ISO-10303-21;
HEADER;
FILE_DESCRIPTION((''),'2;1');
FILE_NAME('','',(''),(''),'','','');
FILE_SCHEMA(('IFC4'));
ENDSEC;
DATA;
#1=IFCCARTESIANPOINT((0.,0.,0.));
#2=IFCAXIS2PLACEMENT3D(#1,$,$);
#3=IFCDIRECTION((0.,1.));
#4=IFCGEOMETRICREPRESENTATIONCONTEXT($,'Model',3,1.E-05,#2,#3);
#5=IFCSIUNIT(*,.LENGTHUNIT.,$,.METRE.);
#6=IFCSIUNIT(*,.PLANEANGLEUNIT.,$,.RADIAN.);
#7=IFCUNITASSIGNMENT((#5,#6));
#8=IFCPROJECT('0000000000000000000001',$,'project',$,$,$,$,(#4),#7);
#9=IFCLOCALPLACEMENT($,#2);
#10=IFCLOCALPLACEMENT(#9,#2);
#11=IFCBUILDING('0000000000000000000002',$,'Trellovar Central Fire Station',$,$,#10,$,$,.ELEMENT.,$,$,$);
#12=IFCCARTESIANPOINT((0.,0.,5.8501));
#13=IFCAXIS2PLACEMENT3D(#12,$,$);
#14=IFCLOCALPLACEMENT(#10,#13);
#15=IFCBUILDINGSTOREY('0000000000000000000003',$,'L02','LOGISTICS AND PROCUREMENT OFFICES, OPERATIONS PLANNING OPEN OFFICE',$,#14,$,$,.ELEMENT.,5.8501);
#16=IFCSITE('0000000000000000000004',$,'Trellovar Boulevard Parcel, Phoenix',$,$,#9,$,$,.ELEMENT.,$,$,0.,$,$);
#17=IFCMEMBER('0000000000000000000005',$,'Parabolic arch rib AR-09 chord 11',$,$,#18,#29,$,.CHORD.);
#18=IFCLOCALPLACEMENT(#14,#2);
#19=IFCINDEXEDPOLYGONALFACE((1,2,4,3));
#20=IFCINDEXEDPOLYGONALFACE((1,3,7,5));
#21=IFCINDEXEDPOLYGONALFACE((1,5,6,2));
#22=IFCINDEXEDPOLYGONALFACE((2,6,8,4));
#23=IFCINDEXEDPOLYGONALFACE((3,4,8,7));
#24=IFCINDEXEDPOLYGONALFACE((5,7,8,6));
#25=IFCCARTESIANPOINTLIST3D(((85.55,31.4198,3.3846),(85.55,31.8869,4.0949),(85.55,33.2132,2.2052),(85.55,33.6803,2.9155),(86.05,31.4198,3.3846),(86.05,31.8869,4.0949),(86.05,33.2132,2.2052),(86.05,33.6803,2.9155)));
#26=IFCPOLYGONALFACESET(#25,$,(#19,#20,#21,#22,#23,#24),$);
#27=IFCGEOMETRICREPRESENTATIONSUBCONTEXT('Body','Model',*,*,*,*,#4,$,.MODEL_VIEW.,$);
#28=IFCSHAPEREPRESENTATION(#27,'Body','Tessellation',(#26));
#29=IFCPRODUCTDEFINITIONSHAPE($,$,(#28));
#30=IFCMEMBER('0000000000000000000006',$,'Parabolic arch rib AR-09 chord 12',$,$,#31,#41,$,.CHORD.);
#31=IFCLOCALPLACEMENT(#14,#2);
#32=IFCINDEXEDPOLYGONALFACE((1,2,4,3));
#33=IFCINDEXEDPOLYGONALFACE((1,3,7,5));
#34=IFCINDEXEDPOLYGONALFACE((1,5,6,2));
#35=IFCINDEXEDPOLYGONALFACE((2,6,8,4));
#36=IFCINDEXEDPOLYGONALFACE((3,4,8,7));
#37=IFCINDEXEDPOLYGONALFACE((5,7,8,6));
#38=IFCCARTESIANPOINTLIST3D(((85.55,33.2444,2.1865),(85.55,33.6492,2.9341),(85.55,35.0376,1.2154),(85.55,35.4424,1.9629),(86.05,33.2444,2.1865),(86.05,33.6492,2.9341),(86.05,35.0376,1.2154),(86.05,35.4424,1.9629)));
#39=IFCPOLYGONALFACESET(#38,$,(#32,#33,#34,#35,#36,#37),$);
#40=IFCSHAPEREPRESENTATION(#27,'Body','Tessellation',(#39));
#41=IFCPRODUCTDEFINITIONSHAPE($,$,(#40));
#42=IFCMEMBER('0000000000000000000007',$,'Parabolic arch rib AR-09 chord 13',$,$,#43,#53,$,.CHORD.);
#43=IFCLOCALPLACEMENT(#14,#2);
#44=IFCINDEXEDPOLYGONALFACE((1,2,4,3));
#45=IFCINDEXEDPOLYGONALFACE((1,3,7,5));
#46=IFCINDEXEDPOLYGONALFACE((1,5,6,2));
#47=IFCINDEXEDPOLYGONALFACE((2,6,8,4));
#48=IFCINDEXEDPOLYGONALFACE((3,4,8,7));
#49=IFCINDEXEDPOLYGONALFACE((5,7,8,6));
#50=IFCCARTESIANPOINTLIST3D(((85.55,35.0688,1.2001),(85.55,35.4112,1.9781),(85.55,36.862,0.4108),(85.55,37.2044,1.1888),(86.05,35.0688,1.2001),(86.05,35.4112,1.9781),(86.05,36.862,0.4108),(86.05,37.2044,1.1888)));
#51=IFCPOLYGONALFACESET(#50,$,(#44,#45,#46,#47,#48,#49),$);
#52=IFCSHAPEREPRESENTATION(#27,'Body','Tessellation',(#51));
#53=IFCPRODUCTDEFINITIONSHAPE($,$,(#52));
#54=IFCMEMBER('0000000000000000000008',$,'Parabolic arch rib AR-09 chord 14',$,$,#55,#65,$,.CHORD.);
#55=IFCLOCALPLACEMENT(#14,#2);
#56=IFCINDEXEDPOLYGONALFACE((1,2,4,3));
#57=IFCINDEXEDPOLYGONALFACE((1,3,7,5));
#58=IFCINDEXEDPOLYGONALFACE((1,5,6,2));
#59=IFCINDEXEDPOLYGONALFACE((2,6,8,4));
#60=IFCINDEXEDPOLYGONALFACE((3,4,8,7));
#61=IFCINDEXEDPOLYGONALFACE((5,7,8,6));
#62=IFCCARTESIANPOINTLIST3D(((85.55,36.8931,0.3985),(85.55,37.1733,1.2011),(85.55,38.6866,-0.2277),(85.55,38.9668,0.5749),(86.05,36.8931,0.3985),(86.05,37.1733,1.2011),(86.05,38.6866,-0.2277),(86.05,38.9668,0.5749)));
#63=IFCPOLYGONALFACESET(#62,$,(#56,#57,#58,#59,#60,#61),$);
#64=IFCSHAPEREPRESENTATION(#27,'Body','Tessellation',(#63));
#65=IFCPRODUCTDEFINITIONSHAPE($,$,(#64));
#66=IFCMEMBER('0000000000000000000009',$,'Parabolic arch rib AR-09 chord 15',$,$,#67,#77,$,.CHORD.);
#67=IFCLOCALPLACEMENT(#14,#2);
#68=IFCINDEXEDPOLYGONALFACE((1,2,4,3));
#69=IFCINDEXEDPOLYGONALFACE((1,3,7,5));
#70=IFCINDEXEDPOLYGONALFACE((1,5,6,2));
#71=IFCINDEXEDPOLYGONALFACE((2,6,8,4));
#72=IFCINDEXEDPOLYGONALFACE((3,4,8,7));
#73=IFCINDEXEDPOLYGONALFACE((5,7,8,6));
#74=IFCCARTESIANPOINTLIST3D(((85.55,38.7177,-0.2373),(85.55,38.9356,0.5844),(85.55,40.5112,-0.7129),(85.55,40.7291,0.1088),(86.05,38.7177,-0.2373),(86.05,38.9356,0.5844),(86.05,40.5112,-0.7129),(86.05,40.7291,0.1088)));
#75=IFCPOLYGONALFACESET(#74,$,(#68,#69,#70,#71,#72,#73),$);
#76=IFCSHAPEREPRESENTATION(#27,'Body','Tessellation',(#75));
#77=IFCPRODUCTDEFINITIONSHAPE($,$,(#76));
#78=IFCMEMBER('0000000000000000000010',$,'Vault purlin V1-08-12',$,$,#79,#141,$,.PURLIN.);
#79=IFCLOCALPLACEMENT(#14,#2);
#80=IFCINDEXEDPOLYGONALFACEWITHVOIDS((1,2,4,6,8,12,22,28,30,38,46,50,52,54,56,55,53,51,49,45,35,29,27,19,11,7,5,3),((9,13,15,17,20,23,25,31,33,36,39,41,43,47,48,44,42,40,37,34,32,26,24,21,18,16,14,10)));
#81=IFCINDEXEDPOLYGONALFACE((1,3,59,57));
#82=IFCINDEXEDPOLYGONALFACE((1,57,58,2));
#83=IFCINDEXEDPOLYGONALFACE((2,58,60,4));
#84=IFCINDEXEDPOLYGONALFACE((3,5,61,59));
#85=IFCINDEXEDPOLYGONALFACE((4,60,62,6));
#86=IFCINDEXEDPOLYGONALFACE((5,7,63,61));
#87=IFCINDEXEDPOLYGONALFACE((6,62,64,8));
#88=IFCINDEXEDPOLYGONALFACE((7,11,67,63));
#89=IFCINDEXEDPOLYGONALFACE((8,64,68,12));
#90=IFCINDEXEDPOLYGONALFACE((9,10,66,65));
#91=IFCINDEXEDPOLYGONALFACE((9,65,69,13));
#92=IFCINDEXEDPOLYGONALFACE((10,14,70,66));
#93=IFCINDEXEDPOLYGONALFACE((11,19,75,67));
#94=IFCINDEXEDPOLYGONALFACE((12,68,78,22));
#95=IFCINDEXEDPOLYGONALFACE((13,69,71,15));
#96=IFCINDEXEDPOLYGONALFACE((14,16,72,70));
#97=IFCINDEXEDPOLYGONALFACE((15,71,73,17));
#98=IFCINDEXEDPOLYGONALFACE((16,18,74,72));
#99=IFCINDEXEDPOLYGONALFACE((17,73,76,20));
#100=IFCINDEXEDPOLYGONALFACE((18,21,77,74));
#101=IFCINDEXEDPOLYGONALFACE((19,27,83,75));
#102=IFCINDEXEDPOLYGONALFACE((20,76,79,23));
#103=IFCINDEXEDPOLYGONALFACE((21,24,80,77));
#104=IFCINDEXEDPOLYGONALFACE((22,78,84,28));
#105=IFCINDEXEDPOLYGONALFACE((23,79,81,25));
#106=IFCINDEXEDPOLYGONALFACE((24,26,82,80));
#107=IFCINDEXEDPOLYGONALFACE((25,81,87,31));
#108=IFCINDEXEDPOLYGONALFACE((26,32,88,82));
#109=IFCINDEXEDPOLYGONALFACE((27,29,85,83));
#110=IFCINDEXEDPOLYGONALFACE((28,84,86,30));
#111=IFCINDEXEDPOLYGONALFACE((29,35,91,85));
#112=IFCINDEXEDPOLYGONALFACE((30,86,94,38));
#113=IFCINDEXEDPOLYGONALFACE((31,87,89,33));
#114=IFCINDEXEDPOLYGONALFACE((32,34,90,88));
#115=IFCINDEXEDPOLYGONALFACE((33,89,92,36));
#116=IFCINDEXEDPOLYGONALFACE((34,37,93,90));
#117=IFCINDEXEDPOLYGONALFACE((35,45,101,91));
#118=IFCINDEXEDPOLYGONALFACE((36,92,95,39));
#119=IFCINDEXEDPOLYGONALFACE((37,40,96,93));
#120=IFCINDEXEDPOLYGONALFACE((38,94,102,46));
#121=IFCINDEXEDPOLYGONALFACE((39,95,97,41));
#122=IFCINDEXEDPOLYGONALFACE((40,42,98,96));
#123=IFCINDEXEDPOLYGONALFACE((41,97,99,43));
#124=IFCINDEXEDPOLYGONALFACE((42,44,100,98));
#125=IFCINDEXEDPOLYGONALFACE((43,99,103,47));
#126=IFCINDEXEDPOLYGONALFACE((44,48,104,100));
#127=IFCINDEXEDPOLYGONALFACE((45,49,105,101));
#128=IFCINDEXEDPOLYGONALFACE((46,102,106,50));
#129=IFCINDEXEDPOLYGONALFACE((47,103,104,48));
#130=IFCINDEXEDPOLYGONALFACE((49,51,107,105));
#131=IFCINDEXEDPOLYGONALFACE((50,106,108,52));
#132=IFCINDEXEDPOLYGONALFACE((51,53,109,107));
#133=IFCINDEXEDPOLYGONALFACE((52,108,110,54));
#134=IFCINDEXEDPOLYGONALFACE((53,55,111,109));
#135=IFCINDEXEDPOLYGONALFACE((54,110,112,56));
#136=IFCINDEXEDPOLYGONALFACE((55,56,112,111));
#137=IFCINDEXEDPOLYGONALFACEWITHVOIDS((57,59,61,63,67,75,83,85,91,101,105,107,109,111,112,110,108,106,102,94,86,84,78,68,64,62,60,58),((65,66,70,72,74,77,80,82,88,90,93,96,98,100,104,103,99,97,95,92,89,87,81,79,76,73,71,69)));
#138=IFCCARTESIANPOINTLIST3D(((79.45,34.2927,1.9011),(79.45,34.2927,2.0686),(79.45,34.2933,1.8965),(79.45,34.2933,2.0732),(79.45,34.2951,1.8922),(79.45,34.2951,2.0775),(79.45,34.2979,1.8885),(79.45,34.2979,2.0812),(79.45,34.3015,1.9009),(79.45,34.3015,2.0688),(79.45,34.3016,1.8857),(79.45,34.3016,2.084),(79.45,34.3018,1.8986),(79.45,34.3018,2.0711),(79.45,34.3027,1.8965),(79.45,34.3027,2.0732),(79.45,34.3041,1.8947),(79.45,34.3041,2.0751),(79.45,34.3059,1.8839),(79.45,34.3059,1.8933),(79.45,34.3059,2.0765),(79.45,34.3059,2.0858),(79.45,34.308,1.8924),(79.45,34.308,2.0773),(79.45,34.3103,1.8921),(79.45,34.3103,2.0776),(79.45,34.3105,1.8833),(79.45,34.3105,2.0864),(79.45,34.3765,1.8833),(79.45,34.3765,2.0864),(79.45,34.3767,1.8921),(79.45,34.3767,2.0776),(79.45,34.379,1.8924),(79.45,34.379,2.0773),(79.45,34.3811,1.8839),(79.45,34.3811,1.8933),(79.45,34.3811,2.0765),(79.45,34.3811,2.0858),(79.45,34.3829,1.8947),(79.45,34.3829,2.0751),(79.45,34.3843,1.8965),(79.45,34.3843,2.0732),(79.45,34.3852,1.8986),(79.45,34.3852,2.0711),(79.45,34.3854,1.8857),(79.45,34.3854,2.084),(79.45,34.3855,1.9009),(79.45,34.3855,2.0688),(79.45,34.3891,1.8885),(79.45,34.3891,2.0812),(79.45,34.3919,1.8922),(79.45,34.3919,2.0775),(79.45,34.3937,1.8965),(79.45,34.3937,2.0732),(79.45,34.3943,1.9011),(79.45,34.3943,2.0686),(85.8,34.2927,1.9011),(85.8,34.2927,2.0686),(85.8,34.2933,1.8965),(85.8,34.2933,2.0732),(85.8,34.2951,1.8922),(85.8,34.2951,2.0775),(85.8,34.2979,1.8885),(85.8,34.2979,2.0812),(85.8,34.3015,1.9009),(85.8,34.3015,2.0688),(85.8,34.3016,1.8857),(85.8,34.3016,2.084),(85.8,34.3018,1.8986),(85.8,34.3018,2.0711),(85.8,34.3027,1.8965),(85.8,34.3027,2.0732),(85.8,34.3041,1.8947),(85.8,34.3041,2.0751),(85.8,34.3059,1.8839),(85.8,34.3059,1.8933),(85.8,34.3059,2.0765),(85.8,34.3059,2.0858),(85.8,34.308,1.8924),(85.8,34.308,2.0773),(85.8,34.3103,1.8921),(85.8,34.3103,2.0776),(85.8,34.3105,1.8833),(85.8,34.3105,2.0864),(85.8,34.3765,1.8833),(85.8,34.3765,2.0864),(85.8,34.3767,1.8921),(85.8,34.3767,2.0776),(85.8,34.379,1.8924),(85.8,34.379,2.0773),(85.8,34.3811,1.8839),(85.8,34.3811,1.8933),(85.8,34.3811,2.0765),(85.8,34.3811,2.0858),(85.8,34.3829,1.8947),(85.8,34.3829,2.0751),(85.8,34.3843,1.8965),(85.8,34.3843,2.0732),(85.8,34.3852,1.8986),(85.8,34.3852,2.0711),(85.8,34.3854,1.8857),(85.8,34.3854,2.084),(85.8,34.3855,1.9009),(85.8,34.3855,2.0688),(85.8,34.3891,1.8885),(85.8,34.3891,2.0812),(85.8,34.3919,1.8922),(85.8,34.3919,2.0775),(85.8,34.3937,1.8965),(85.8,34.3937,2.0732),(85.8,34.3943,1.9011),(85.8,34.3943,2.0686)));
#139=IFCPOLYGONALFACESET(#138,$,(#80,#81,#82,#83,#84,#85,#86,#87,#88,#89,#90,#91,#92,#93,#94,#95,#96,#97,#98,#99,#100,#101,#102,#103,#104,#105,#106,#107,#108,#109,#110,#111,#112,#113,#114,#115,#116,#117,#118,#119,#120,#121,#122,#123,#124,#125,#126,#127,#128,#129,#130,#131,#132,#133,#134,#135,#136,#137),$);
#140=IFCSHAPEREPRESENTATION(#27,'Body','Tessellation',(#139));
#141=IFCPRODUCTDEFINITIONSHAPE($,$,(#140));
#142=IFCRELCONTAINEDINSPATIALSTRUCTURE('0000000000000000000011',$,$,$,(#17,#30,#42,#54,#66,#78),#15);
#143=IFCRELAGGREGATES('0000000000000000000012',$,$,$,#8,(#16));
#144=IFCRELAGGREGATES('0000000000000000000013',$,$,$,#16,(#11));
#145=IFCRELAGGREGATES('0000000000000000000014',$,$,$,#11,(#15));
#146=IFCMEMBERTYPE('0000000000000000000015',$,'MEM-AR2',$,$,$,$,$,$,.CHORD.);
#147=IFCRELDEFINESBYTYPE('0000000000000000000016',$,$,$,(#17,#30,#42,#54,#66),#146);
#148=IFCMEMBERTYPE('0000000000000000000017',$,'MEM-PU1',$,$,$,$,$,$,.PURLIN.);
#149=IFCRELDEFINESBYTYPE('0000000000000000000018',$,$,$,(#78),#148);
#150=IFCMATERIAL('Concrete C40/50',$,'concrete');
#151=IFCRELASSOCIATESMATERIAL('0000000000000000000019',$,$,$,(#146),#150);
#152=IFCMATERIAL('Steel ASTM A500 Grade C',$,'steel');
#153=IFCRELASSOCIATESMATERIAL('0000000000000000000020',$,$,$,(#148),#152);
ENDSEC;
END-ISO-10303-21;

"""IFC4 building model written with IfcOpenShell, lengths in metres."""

from ifc_helpers import new_model, si_unit, direction, frame, origin, origin_2d, place, context, subcontext, project, spatial, rectangle, hollow_rectangle, extrude, material, material_profile, profile_set, type_object, element, save


model = new_model("IFC4")

# Units and contexts
model_context = context("Model", 3, precision=1e-05, world=origin(), true_north=direction((0.0, 1.0)))
body_context = subcontext(model_context, "Body", "Model", "MODEL_VIEW")
ifc_project = project(units=[si_unit("LENGTHUNIT", "METRE"), si_unit("PLANEANGLEUNIT", "RADIAN")], contexts=[model_context])

# Site, building, storey
site_placement = place(None, origin())
site = spatial("IfcSite", under=ifc_project, at=site_placement, Name="Trellovar Boulevard Parcel, Phoenix", CompositionType="ELEMENT", RefElevation=0.0)
building_placement = place(site_placement, origin())
building = spatial("IfcBuilding", under=site, at=building_placement, Name="Trellovar Central Fire Station", CompositionType="ELEMENT")
storey_placement = place(building_placement, frame((0.0, 0.0, 5.8501)))
storey = spatial("IfcBuildingStorey", under=building, at=storey_placement, Name="L02", Description="LOGISTICS AND PROCUREMENT OFFICES, OPERATIONS PLANNING OPEN OFFICE", CompositionType="ELEMENT", Elevation=5.8501)

# Members
ifc_material_1 = material(Name="Concrete C40/50", Category="concrete")
ifc_material_profile_1 = material_profile(ifc_material_1, rectangle(XDim=0.5, YDim=0.8501, at=origin_2d()), Name="RC500X850")
ifc_profile_set_1 = profile_set([ifc_material_profile_1], Name="Concrete C40/50")
member_type_1 = type_object("IfcMemberType", Name="MEM-AR2", PredefinedType="CHORD", material=ifc_profile_set_1)
member_1_placement = place(storey_placement, frame((85.8, 31.6533, 3.7397), z_axis=(0.0, 0.835516, -0.549466), x_axis=(-1.0, 0.0, 0.0)))
element("IfcMember", 1, at=member_1_placement, inside=storey, type_object=member_type_1, Name="Parabolic arch rib AR-09 chord 11", PredefinedType="CHORD", context=body_context, shape_type="SweptSolid", body=[
    extrude(rectangle(XDim=0.5, YDim=0.8501, at=origin_2d()), origin(), (0.0, 0.0, 1.0), 2.1465),
])
member_2_placement = place(storey_placement, frame((85.8, 33.4468, 2.5603), z_axis=(0.0, 0.879319, -0.476233), x_axis=(-1.0, 0.0, 0.0)))
element("IfcMember", 2, at=member_2_placement, inside=storey, type_object=member_type_1, Name="Parabolic arch rib AR-09 chord 12", PredefinedType="CHORD", context=body_context, shape_type="SweptSolid", body=[
    extrude(rectangle(XDim=0.5, YDim=0.8501, at=origin_2d()), origin(), (0.0, 0.0, 1.0), 2.0393),
])
member_3_placement = place(storey_placement, frame((85.8, 35.24, 1.5891), z_axis=(0.0, 0.91526, -0.402864), x_axis=(-1.0, 0.0, 0.0)))
element("IfcMember", 3, at=member_3_placement, inside=storey, type_object=member_type_1, Name="Parabolic arch rib AR-09 chord 13", PredefinedType="CHORD", context=body_context, shape_type="SweptSolid", body=[
    extrude(rectangle(XDim=0.5, YDim=0.8501, at=origin_2d()), origin(), (0.0, 0.0, 1.0), 1.9592),
])
member_4_placement = place(storey_placement, frame((85.8, 37.0332, 0.7998), z_axis=(0.0, 0.944103, -0.329652), x_axis=(-1.0, 0.0, 0.0)))
element("IfcMember", 4, at=member_4_placement, inside=storey, type_object=member_type_1, Name="Parabolic arch rib AR-09 chord 14", PredefinedType="CHORD", context=body_context, shape_type="SweptSolid", body=[
    extrude(rectangle(XDim=0.5, YDim=0.8501, at=origin_2d()), origin(), (0.0, 0.0, 1.0), 1.8997),
])
member_5_placement = place(storey_placement, frame((85.8, 38.8267, 0.1736), z_axis=(0.0, 0.966592, -0.256319), x_axis=(-1.0, 0.0, 0.0)))
element("IfcMember", 5, at=member_5_placement, inside=storey, type_object=member_type_1, Name="Parabolic arch rib AR-09 chord 15", PredefinedType="CHORD", context=body_context, shape_type="SweptSolid", body=[
    extrude(rectangle(XDim=0.5, YDim=0.8501, at=origin_2d()), origin(), (0.0, 0.0, 1.0), 1.8555),
])
ifc_material_2 = material(Name="Steel ASTM A500 Grade C", Category="steel")
ifc_material_profile_2 = material_profile(ifc_material_2, hollow_rectangle(XDim=0.1016, YDim=0.2031, WallThickness=0.0088, InnerFilletRadius=0.0088, OuterFilletRadius=0.0178, at=origin_2d()), Name="HSS8X4X3/8")
ifc_profile_set_2 = profile_set([ifc_material_profile_2], Name="Steel ASTM A500 Grade C")
member_type_2 = type_object("IfcMemberType", Name="MEM-PU1", PredefinedType="PURLIN", material=ifc_profile_set_2)
member_6_placement = place(storey_placement, frame((79.45, 34.3435, 1.9849), z_axis=(1.0, 0.0, 0.0), x_axis=(0.0, 1.0, 0.0)))
element("IfcMember", 6, at=member_6_placement, inside=storey, type_object=member_type_2, Name="Vault purlin V1-08-12", PredefinedType="PURLIN", context=body_context, shape_type="SweptSolid", body=[
    extrude(hollow_rectangle(XDim=0.1016, YDim=0.2031, WallThickness=0.0088, InnerFilletRadius=0.0088, OuterFilletRadius=0.0178, at=origin_2d()), origin(), (0.0, 0.0, 1.0), 6.3501),
])

save(model, "model.ifc")
